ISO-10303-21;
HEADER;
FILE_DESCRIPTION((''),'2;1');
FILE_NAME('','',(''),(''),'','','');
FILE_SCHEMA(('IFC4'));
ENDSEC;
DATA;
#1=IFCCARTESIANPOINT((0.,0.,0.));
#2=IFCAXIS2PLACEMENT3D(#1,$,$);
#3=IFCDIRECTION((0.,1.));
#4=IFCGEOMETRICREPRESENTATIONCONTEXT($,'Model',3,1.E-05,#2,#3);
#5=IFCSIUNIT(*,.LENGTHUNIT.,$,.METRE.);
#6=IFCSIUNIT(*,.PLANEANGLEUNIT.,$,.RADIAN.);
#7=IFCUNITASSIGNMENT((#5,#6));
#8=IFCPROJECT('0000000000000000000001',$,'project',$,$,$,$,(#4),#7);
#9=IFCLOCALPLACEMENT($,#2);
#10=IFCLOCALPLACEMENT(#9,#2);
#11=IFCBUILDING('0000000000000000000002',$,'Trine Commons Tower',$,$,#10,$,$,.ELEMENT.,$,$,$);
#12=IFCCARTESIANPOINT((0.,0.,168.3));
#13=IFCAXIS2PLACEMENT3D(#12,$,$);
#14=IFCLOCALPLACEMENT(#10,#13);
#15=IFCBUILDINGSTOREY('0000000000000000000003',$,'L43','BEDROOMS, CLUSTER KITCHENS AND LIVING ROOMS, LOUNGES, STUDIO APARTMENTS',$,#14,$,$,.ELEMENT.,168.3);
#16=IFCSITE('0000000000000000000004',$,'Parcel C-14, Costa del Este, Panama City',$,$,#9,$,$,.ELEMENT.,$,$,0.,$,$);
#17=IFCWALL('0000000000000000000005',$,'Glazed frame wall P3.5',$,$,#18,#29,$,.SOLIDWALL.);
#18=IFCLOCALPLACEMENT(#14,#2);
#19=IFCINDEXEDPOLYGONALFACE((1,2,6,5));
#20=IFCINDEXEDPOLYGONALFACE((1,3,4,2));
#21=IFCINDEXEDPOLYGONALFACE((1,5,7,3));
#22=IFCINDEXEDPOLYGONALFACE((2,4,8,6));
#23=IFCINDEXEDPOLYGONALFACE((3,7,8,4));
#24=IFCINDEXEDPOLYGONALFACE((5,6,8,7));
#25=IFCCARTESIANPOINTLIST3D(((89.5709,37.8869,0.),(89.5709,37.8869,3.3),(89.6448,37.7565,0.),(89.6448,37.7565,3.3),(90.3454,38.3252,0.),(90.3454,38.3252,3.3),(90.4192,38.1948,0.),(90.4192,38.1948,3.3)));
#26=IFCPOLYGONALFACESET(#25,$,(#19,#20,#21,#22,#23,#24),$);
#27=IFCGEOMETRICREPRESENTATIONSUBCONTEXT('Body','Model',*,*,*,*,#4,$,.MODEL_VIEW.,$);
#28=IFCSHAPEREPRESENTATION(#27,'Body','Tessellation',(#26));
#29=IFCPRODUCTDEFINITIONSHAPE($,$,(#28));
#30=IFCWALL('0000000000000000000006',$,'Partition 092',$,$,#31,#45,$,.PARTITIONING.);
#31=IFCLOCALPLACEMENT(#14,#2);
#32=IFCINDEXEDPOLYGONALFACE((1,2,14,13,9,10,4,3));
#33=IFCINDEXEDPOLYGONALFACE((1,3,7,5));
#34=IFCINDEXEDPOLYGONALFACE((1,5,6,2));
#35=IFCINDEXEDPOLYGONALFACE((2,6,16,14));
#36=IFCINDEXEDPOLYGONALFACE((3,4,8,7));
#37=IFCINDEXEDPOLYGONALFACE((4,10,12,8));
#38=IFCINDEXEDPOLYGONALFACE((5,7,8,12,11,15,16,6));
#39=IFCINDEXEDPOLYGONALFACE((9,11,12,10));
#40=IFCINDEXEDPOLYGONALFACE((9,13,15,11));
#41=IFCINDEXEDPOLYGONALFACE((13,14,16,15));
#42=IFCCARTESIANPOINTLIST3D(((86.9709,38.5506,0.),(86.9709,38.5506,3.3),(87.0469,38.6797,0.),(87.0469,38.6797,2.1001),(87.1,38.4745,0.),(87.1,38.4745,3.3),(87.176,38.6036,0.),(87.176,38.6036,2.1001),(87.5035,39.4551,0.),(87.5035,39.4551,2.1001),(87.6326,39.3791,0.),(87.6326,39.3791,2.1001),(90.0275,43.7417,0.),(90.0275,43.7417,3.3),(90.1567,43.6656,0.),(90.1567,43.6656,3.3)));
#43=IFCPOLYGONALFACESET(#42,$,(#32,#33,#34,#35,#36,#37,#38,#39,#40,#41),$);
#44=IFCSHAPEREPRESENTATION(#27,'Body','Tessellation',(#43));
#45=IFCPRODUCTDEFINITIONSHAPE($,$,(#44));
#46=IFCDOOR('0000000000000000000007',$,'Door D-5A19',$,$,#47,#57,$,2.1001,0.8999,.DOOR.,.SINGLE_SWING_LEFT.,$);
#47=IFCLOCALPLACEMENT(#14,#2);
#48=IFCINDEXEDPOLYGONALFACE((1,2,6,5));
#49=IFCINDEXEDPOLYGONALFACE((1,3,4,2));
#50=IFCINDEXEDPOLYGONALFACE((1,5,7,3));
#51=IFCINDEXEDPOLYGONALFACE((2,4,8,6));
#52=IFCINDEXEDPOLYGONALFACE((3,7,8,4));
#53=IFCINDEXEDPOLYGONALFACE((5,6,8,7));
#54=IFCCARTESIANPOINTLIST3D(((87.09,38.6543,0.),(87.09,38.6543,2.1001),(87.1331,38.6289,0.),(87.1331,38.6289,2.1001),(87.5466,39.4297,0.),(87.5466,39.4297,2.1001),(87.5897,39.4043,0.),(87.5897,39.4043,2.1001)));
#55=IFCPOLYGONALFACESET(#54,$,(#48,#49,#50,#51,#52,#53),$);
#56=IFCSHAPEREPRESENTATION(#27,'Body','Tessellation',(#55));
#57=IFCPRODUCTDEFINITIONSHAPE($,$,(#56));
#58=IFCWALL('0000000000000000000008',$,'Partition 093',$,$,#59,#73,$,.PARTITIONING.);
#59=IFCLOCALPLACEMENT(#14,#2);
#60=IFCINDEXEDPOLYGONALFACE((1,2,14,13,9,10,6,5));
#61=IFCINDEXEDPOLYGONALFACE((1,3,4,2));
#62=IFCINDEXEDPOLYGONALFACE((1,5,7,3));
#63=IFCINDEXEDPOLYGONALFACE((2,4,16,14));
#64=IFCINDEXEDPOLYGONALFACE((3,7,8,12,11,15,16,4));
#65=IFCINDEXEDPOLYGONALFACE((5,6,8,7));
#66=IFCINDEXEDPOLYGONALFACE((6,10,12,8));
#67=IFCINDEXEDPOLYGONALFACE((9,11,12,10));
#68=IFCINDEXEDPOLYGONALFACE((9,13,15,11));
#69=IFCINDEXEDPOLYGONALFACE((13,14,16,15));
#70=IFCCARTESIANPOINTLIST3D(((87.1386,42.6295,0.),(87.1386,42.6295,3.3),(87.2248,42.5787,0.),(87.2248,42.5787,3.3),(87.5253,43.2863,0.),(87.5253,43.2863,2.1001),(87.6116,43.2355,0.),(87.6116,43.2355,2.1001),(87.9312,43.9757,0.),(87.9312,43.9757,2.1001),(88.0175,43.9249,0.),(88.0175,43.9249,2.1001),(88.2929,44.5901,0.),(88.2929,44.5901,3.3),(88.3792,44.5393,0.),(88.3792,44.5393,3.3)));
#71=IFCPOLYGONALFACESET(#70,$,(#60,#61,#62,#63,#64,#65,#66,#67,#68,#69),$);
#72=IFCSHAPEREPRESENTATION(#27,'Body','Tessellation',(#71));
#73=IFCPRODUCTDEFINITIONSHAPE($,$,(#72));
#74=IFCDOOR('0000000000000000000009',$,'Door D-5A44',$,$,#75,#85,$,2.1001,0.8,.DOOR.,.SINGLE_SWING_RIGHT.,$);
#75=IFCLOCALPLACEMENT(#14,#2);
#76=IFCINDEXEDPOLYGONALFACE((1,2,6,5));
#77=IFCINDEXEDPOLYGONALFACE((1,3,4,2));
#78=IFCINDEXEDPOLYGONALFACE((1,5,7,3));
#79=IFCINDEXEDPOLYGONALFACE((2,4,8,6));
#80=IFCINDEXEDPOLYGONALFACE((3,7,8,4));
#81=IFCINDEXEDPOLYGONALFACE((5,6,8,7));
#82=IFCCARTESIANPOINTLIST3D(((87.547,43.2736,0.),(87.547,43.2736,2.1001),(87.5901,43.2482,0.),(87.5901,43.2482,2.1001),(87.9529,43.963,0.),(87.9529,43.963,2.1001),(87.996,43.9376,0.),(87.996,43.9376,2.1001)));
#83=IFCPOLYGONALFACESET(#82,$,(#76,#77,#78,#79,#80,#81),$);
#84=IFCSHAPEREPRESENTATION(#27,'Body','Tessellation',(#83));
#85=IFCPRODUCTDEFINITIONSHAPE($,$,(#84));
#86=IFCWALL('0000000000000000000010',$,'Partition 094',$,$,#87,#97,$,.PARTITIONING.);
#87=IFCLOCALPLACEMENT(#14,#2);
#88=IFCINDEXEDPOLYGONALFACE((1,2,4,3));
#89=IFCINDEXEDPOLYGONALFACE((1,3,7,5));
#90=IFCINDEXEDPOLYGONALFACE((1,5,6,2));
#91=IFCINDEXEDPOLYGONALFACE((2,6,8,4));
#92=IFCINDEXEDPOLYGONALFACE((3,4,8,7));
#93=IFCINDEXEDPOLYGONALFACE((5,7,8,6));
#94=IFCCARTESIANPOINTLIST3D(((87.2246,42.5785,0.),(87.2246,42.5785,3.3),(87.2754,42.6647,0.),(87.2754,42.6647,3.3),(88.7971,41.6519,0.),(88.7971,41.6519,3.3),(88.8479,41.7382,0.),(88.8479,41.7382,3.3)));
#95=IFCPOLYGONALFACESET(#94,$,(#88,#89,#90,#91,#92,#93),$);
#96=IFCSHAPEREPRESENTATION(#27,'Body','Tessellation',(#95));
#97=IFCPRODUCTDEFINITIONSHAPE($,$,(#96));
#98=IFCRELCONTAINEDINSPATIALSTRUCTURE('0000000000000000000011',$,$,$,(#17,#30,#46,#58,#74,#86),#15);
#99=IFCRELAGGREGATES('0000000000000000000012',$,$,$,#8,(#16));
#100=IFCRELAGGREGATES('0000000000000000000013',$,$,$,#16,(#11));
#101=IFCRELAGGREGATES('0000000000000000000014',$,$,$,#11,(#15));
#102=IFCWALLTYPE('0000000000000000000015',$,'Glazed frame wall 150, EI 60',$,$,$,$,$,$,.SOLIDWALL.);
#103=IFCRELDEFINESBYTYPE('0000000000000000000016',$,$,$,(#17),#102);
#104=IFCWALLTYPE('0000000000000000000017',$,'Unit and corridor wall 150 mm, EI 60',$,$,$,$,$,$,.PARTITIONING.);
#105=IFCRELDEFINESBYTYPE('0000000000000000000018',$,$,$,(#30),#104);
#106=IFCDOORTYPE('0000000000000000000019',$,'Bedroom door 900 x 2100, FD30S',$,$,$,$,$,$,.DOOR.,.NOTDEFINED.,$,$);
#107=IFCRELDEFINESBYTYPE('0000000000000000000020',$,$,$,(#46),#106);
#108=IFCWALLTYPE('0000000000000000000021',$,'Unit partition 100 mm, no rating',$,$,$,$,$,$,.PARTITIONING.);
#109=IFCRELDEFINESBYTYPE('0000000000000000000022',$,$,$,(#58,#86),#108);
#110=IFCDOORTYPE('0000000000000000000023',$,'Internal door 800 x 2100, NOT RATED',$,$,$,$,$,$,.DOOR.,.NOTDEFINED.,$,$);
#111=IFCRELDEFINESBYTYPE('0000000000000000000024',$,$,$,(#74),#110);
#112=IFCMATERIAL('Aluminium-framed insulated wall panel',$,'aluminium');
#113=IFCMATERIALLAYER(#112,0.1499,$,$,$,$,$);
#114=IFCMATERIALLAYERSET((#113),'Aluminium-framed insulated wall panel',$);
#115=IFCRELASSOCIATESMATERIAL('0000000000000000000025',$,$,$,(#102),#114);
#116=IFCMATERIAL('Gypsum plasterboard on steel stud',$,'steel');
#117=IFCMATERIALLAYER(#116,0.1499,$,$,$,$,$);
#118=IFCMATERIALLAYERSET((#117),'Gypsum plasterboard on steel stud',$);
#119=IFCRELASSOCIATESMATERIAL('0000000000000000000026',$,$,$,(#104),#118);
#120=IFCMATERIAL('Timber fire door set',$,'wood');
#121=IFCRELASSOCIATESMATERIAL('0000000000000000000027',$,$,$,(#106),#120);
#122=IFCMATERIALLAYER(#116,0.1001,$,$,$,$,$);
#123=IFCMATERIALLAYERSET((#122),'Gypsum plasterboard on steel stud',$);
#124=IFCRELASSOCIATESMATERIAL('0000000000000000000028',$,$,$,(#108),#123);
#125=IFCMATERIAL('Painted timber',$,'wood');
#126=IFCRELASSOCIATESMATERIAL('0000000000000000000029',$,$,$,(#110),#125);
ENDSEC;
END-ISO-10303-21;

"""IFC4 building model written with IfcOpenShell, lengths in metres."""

from ifc_helpers import new_model, si_unit, direction, frame, frame_2d, origin, place, context, subcontext, project, spatial, polyline, rectangle, outline, extrude, material, layer, layer_set, type_object, element, fill, save


model = new_model("IFC4")

# Units and contexts
model_context = context("Model", 3, precision=1e-05, world=origin(), true_north=direction((0.0, 1.0)))
body_context = subcontext(model_context, "Body", "Model", "MODEL_VIEW")
ifc_project = project(units=[si_unit("LENGTHUNIT", "METRE"), si_unit("PLANEANGLEUNIT", "RADIAN")], contexts=[model_context])

# Site, building, storey
site_placement = place(None, origin())
site = spatial("IfcSite", under=ifc_project, at=site_placement, Name="Parcel C-14, Costa del Este, Panama City", CompositionType="ELEMENT", RefElevation=0.0)
building_placement = place(site_placement, origin())
building = spatial("IfcBuilding", under=site, at=building_placement, Name="Trine Commons Tower", CompositionType="ELEMENT")
storey_placement = place(building_placement, frame((0.0, 0.0, 168.3)))
storey = spatial("IfcBuildingStorey", under=building, at=storey_placement, Name="L43", Description="BEDROOMS, CLUSTER KITCHENS AND LIVING ROOMS, LOUNGES, STUDIO APARTMENTS", CompositionType="ELEMENT", Elevation=168.3)

# Wall
ifc_material_1 = material(Name="Aluminium-framed insulated wall panel", Category="aluminium")
ifc_layer_1 = layer(ifc_material_1, 0.1499)
ifc_layer_set_1 = layer_set([ifc_layer_1], Name="Aluminium-framed insulated wall panel")
wall_type_1 = type_object("IfcWallType", Name="Glazed frame wall 150, EI 60", PredefinedType="SOLIDWALL", material=ifc_layer_set_1)
wall_1_placement = place(storey_placement, frame((90.3823, 38.26, 0.0), z_axis=(0.0, 0.0, 1.0), x_axis=(-0.870294, -0.492532, 0.0)))
element("IfcWall", 1, at=wall_1_placement, inside=storey, type_object=wall_type_1, Name="Glazed frame wall P3.5", PredefinedType="SOLIDWALL", context=body_context, shape_type="SweptSolid", body=[
    extrude(outline(polyline([(0.8899, 0.075), (0.0, 0.075), (0.0, -0.075), (0.8899, -0.075), (0.8899, 0.075)])), origin(), (0.0, 0.0, 1.0), 3.3),
])

# Walls, openings, doors
ifc_material_2 = material(Name="Gypsum plasterboard on steel stud", Category="steel")
ifc_layer_2 = layer(ifc_material_2, 0.1499)
ifc_layer_set_2 = layer_set([ifc_layer_2], Name="Gypsum plasterboard on steel stud")
wall_type_2 = type_object("IfcWallType", Name="Unit and corridor wall 150 mm, EI 60", PredefinedType="PARTITIONING", material=ifc_layer_set_2)
wall_2_placement = place(storey_placement, frame((87.0354, 38.5125, 0.0), z_axis=(0.0, 0.0, 1.0), x_axis=(0.507392, 0.861715, 0.0)))
wall_2 = element("IfcWall", 2, at=wall_2_placement, inside=storey, type_object=wall_type_2, Name="Partition 092", PredefinedType="PARTITIONING", context=body_context, shape_type="SweptSolid", body=[
    extrude(rectangle(XDim=6.0242, YDim=0.1499, at=frame_2d((3.0122, 0.0))), origin(), (0.0, 0.0, 1.0), 3.3),
])
opening_1_placement = place(wall_2_placement, frame((0.1499, 0.0, 0.0)))
opening_1 = element("IfcOpeningElement", 3, at=opening_1_placement, cuts=wall_2, PredefinedType="OPENING", context=body_context, shape_type="SweptSolid", body=[
    extrude(rectangle(XDim=0.8999, YDim=2.1001, at=frame_2d((0.45, 1.05))), frame((0.0, 0.085, 0.0), z_axis=(0.0, -1.0, 0.0), x_axis=(1.0, 0.0, 0.0)), (0.0, 0.0, 1.0), 0.1699),
])
ifc_material_3 = material(Name="Timber fire door set", Category="wood")
door_type_1 = type_object("IfcDoorType", Name="Bedroom door 900 x 2100, FD30S", OperationType="NOTDEFINED", PredefinedType="DOOR", material=ifc_material_3)
door_1_placement = place(opening_1_placement, origin())
door_1 = element("IfcDoor", 4, at=door_1_placement, inside=storey, type_object=door_type_1, Name="Door D-5A19", OperationType="SINGLE_SWING_LEFT", OverallHeight=2.1001, OverallWidth=0.8999, PredefinedType="DOOR", context=body_context, shape_type="SweptSolid", body=[
    extrude(rectangle(XDim=0.8999, YDim=2.1001, at=frame_2d((0.45, 1.05))), frame((0.0, 0.0249, 0.0), z_axis=(0.0, -1.0, 0.0), x_axis=(1.0, 0.0, 0.0)), (0.0, 0.0, 1.0), 0.05),
])
fill(opening_1, door_1)
ifc_layer_3 = layer(ifc_material_2, 0.1001)
ifc_layer_set_3 = layer_set([ifc_layer_3], Name="Gypsum plasterboard on steel stud")
wall_type_3 = type_object("IfcWallType", Name="Unit partition 100 mm, no rating", PredefinedType="PARTITIONING", material=ifc_layer_set_3)
wall_3_placement = place(storey_placement, frame((87.1816, 42.604, 0.0), z_axis=(0.0, 0.0, 1.0), x_axis=(0.507377, 0.861724, 0.0)))
wall_3 = element("IfcWall", 5, at=wall_3_placement, inside=storey, type_object=wall_type_3, Name="Partition 093", PredefinedType="PARTITIONING", context=body_context, shape_type="SweptSolid", body=[
    extrude(rectangle(XDim=2.2751, YDim=0.1001, at=frame_2d((1.1377, 0.0))), origin(), (0.0, 0.0, 1.0), 3.3),
])
opening_2_placement = place(wall_3_placement, frame((0.7625, 0.0, 0.0)))
opening_2 = element("IfcOpeningElement", 6, at=opening_2_placement, cuts=wall_3, PredefinedType="OPENING", context=body_context, shape_type="SweptSolid", body=[
    extrude(rectangle(XDim=0.8, YDim=2.1001, at=frame_2d((0.3999, 1.05))), frame((0.0, 0.0601, 0.0), z_axis=(0.0, -1.0, 0.0), x_axis=(1.0, 0.0, 0.0)), (0.0, 0.0, 1.0), 0.1201),
])
ifc_material_4 = material(Name="Painted timber", Category="wood")
door_type_2 = type_object("IfcDoorType", Name="Internal door 800 x 2100, NOT RATED", OperationType="NOTDEFINED", PredefinedType="DOOR", material=ifc_material_4)
door_2_placement = place(opening_2_placement, origin())
door_2 = element("IfcDoor", 7, at=door_2_placement, inside=storey, type_object=door_type_2, Name="Door D-5A44", OperationType="SINGLE_SWING_RIGHT", OverallHeight=2.1001, OverallWidth=0.8, PredefinedType="DOOR", context=body_context, shape_type="SweptSolid", body=[
    extrude(rectangle(XDim=0.8, YDim=2.1001, at=frame_2d((0.3999, 1.05))), frame((0.0, 0.0249, 0.0), z_axis=(0.0, -1.0, 0.0), x_axis=(1.0, 0.0, 0.0)), (0.0, 0.0, 1.0), 0.05),
])
fill(opening_2, door_2)

# Wall
wall_4_placement = place(storey_placement, frame((87.25, 42.6216, 0.0), z_axis=(0.0, 0.0, 1.0), x_axis=(0.861573, -0.507634, 0.0)))
element("IfcWall", 8, at=wall_4_placement, inside=storey, type_object=wall_type_3, Name="Partition 094", PredefinedType="PARTITIONING", context=body_context, shape_type="SweptSolid", body=[
    extrude(rectangle(XDim=1.8252, YDim=0.1001, at=frame_2d((0.9126, 0.0))), origin(), (0.0, 0.0, 1.0), 3.3),
])

save(model, "model.ifc")
